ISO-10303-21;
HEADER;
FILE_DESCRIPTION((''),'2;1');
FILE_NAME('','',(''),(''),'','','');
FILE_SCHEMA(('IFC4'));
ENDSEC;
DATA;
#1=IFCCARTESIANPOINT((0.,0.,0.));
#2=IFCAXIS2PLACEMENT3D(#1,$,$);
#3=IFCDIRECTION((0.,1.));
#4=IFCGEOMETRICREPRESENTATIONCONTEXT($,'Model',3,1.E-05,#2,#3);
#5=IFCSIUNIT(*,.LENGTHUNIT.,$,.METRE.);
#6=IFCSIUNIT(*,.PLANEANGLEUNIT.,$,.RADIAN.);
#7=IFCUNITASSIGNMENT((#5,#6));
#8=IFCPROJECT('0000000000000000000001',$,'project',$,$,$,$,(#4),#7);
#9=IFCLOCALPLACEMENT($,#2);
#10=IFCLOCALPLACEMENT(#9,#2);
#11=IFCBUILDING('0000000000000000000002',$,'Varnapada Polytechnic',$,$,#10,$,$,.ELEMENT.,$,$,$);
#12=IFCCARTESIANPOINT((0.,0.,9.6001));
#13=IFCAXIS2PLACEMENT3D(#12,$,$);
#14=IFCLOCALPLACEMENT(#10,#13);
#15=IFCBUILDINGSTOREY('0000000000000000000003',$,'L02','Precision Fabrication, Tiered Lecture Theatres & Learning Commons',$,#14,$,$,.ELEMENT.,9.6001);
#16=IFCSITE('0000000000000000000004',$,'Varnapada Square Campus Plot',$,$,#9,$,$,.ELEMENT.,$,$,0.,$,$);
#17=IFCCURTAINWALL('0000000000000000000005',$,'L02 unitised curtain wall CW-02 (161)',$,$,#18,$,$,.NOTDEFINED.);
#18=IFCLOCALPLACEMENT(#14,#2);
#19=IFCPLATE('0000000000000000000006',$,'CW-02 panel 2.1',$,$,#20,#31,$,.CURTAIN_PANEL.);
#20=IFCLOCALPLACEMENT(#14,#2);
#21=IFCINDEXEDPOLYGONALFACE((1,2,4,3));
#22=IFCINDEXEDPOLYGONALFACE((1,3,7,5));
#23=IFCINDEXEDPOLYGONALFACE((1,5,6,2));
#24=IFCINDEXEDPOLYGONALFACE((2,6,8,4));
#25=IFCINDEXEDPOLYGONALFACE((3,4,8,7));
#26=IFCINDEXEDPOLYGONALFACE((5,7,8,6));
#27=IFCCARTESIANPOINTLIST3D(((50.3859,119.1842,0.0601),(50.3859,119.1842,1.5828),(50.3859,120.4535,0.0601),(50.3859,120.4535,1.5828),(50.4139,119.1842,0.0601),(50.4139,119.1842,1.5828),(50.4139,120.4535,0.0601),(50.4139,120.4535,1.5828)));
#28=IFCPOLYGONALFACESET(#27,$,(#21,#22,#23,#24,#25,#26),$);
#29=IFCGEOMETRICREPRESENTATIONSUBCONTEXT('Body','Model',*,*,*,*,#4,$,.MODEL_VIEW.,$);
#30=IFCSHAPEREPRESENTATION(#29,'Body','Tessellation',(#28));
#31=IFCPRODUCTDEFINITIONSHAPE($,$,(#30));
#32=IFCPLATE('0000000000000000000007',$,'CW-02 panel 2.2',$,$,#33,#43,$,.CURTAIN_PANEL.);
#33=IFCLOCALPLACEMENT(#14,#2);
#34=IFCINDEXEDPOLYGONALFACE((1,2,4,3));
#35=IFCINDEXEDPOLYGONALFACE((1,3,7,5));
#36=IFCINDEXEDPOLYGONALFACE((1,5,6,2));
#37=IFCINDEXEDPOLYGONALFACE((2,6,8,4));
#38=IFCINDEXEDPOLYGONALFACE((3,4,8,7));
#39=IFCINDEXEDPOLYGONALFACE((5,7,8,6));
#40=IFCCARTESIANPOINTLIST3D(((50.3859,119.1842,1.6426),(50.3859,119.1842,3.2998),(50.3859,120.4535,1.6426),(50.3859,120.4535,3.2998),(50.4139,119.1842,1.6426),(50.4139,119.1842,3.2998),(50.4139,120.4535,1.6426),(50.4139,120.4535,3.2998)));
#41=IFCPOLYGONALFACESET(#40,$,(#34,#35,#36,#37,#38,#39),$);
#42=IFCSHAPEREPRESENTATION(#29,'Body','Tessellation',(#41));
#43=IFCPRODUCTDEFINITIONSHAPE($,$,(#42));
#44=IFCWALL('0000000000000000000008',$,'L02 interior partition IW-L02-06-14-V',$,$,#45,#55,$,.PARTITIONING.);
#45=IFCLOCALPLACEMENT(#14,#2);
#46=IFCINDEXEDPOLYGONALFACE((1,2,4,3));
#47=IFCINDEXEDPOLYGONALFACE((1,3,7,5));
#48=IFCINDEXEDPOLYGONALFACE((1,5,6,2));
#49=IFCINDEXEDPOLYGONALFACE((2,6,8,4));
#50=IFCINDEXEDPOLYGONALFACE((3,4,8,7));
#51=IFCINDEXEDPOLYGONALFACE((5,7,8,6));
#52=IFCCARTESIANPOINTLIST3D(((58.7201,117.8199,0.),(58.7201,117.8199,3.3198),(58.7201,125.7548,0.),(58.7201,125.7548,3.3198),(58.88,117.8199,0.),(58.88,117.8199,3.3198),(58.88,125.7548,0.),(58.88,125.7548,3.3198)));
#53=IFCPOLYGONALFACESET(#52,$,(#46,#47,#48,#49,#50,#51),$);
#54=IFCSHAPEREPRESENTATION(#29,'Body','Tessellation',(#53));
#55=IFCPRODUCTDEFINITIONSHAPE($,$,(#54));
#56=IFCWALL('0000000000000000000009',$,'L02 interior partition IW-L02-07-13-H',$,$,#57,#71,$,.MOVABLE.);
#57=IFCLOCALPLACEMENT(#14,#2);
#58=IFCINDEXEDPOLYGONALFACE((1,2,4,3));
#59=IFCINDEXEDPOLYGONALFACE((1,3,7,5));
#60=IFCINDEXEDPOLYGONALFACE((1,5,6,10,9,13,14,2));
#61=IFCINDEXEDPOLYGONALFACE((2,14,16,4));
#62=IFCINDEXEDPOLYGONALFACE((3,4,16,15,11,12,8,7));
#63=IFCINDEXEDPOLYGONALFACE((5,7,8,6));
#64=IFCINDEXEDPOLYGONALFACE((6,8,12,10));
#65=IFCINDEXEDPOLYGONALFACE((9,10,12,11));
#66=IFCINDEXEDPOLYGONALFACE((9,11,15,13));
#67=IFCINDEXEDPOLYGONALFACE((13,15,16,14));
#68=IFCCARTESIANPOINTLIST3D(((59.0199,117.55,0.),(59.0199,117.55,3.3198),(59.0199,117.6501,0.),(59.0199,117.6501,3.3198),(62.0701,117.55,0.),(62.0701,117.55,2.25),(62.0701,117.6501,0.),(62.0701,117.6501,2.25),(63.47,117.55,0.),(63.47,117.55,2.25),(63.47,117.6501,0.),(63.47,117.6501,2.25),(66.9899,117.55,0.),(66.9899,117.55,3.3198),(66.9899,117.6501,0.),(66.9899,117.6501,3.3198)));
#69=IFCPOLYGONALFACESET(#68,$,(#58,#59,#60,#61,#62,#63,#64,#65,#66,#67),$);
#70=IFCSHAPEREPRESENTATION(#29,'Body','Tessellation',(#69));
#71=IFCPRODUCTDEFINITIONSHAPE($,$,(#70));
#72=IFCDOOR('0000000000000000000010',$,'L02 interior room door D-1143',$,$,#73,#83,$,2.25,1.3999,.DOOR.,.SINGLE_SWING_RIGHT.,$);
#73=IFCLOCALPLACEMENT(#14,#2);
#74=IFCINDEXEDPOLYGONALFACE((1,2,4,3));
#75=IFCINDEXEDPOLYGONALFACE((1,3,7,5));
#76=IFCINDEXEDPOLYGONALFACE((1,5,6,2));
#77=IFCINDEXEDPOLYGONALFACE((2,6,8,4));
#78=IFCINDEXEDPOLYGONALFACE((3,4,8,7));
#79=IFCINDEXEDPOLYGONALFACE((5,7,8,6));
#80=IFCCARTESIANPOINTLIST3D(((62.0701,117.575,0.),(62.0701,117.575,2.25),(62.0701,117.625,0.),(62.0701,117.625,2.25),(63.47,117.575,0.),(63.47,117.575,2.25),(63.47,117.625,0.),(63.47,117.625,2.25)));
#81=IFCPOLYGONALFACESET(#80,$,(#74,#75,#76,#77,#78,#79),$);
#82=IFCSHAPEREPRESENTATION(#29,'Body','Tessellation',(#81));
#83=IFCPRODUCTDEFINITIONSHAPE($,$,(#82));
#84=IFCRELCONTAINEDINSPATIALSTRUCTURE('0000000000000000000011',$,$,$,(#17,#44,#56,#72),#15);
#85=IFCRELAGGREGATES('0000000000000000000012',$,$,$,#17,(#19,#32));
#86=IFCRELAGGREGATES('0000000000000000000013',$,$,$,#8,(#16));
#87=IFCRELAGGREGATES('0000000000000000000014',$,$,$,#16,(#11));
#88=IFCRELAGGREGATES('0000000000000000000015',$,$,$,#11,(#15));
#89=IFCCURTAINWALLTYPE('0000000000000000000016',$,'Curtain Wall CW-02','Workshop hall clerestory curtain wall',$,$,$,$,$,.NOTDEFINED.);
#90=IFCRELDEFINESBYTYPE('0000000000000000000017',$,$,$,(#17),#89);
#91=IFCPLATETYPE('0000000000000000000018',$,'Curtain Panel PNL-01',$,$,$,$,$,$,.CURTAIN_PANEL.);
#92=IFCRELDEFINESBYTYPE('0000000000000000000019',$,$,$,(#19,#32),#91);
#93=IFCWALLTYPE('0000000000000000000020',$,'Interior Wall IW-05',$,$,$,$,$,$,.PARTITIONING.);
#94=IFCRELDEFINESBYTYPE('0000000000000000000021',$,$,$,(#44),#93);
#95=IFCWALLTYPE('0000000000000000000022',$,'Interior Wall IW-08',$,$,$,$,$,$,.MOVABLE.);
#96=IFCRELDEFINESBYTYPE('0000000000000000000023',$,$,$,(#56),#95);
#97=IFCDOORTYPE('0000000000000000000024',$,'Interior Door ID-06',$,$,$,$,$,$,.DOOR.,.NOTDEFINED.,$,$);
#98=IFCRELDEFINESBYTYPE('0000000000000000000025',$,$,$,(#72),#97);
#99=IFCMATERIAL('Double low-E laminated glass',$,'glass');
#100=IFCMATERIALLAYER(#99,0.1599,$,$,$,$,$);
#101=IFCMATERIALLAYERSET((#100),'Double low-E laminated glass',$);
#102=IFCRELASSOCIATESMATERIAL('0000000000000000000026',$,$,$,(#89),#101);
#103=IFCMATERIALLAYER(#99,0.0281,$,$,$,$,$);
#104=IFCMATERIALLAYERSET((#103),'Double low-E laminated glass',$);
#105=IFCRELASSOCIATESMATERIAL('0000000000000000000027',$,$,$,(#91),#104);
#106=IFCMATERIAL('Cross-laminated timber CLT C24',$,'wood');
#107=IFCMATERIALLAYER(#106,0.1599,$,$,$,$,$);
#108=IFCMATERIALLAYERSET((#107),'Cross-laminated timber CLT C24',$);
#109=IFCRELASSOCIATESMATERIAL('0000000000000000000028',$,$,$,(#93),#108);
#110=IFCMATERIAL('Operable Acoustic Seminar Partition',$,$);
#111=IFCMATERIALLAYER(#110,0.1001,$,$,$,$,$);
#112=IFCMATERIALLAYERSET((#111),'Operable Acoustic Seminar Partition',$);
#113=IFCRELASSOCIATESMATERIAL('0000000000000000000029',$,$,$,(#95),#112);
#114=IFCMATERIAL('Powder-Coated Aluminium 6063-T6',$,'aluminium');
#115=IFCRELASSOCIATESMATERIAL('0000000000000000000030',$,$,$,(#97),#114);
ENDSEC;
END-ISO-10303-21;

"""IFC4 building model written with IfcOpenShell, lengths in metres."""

from ifc_helpers import new_model, si_unit, direction, frame, frame_2d, origin, origin_2d, place, context, subcontext, project, spatial, rectangle, extrude, material, layer, layer_set, type_object, element, fill, aggregate, save


model = new_model("IFC4")

# Units and contexts
model_context = context("Model", 3, precision=1e-05, world=origin(), true_north=direction((0.0, 1.0)))
body_context = subcontext(model_context, "Body", "Model", "MODEL_VIEW")
ifc_project = project(units=[si_unit("LENGTHUNIT", "METRE"), si_unit("PLANEANGLEUNIT", "RADIAN")], contexts=[model_context])

# Site, building, storey
site_placement = place(None, origin())
site = spatial("IfcSite", under=ifc_project, at=site_placement, Name="Varnapada Square Campus Plot", CompositionType="ELEMENT", RefElevation=0.0)
building_placement = place(site_placement, origin())
building = spatial("IfcBuilding", under=site, at=building_placement, Name="Varnapada Polytechnic", CompositionType="ELEMENT")
storey_placement = place(building_placement, frame((0.0, 0.0, 9.6001)))
storey = spatial("IfcBuildingStorey", under=building, at=storey_placement, Name="L02", Description="Precision Fabrication, Tiered Lecture Theatres & Learning Commons", CompositionType="ELEMENT", Elevation=9.6001)

# Curtain wall
ifc_material_1 = material(Name="Double low-E laminated glass", Category="glass")
ifc_layer_1 = layer(ifc_material_1, 0.1599)
ifc_layer_set_1 = layer_set([ifc_layer_1], Name="Double low-E laminated glass")
curtain_wall_type = type_object("IfcCurtainWallType", Name="Curtain Wall CW-02", Description="Workshop hall clerestory curtain wall", PredefinedType="NOTDEFINED", material=ifc_layer_set_1)
curtain_wall_placement = place(storey_placement, origin())
curtain_wall = element("IfcCurtainWall", 1, at=curtain_wall_placement, inside=storey, type_object=curtain_wall_type, Name="L02 unitised curtain wall CW-02 (161)", PredefinedType="NOTDEFINED")

# Plates
ifc_layer_2 = layer(ifc_material_1, 0.0281)
ifc_layer_set_2 = layer_set([ifc_layer_2], Name="Double low-E laminated glass")
plate_type = type_object("IfcPlateType", Name="Curtain Panel PNL-01", PredefinedType="CURTAIN_PANEL", material=ifc_layer_set_2)
plate_1_placement = place(storey_placement, frame((50.3999, 119.8188, 0.0601), z_axis=(0.0, 0.0, 1.0), x_axis=(0.0, 1.0, 0.0)))
plate_1 = element("IfcPlate", 2, at=plate_1_placement, type_object=plate_type, Name="CW-02 panel 2.1", PredefinedType="CURTAIN_PANEL", context=body_context, shape_type="SweptSolid", body=[
    extrude(rectangle(XDim=1.2693, YDim=0.0281, at=origin_2d()), origin(), (0.0, 0.0, 1.0), 1.5227),
])
plate_2_placement = place(storey_placement, frame((50.3999, 119.8188, 1.6426), z_axis=(0.0, 0.0, 1.0), x_axis=(0.0, 1.0, 0.0)))
plate_2 = element("IfcPlate", 3, at=plate_2_placement, type_object=plate_type, Name="CW-02 panel 2.2", PredefinedType="CURTAIN_PANEL", context=body_context, shape_type="SweptSolid", body=[
    extrude(rectangle(XDim=1.2693, YDim=0.0281, at=origin_2d()), origin(), (0.0, 0.0, 1.0), 1.6572),
])
aggregate(curtain_wall, [plate_1, plate_2])

# Wall
ifc_material_2 = material(Name="Cross-laminated timber CLT C24", Category="wood")
ifc_layer_3 = layer(ifc_material_2, 0.1599)
ifc_layer_set_3 = layer_set([ifc_layer_3], Name="Cross-laminated timber CLT C24")
wall_type_1 = type_object("IfcWallType", Name="Interior Wall IW-05", PredefinedType="PARTITIONING", material=ifc_layer_set_3)
wall_1_placement = place(storey_placement, frame((58.8, 117.8201, 0.0), z_axis=(0.0, 0.0, 1.0), x_axis=(0.0, 1.0, 0.0)))
element("IfcWall", 4, at=wall_1_placement, inside=storey, type_object=wall_type_1, Name="L02 interior partition IW-L02-06-14-V", PredefinedType="PARTITIONING", context=body_context, shape_type="SweptSolid", body=[
    extrude(rectangle(XDim=7.9348, YDim=0.1599, at=frame_2d((3.9673, 0.0))), origin(), (0.0, 0.0, 1.0), 3.3198),
])

# Wall, opening, door
ifc_material_3 = material(Name="Operable Acoustic Seminar Partition")
ifc_layer_4 = layer(ifc_material_3, 0.1001)
ifc_layer_set_4 = layer_set([ifc_layer_4], Name="Operable Acoustic Seminar Partition")
wall_type_2 = type_object("IfcWallType", Name="Interior Wall IW-08", PredefinedType="MOVABLE", material=ifc_layer_set_4)
wall_2_placement = place(storey_placement, frame((59.02, 117.6001, 0.0), z_axis=(0.0, 0.0, 1.0), x_axis=(1.0, 0.0, 0.0)))
wall_2 = element("IfcWall", 5, at=wall_2_placement, inside=storey, type_object=wall_type_2, Name="L02 interior partition IW-L02-07-13-H", PredefinedType="MOVABLE", context=body_context, shape_type="SweptSolid", body=[
    extrude(rectangle(XDim=7.97, YDim=0.1001, at=frame_2d((3.9849, 0.0))), origin(), (0.0, 0.0, 1.0), 3.3198),
])
opening_placement = place(wall_2_placement, frame((3.05, 0.0, 0.0)))
opening = element("IfcOpeningElement", 6, at=opening_placement, cuts=wall_2, PredefinedType="OPENING", context=body_context, shape_type="SweptSolid", body=[
    extrude(rectangle(XDim=1.3999, YDim=2.25, at=frame_2d((0.7, 1.125))), frame((0.0, 0.0601, 0.0), z_axis=(0.0, -1.0, 0.0), x_axis=(1.0, 0.0, 0.0)), (0.0, 0.0, 1.0), 0.1201),
])
ifc_material_4 = material(Name="Powder-Coated Aluminium 6063-T6", Category="aluminium")
door_type = type_object("IfcDoorType", Name="Interior Door ID-06", OperationType="NOTDEFINED", PredefinedType="DOOR", material=ifc_material_4)
door_placement = place(opening_placement, origin())
door = element("IfcDoor", 7, at=door_placement, inside=storey, type_object=door_type, Name="L02 interior room door D-1143", OperationType="SINGLE_SWING_RIGHT", OverallHeight=2.25, OverallWidth=1.3999, PredefinedType="DOOR", context=body_context, shape_type="SweptSolid", body=[
    extrude(rectangle(XDim=1.3999, YDim=2.25, at=frame_2d((0.7, 1.125))), frame((0.0, 0.0249, 0.0), z_axis=(0.0, -1.0, 0.0), x_axis=(1.0, 0.0, 0.0)), (0.0, 0.0, 1.0), 0.05),
])
fill(opening, door)

save(model, "model.ifc")
